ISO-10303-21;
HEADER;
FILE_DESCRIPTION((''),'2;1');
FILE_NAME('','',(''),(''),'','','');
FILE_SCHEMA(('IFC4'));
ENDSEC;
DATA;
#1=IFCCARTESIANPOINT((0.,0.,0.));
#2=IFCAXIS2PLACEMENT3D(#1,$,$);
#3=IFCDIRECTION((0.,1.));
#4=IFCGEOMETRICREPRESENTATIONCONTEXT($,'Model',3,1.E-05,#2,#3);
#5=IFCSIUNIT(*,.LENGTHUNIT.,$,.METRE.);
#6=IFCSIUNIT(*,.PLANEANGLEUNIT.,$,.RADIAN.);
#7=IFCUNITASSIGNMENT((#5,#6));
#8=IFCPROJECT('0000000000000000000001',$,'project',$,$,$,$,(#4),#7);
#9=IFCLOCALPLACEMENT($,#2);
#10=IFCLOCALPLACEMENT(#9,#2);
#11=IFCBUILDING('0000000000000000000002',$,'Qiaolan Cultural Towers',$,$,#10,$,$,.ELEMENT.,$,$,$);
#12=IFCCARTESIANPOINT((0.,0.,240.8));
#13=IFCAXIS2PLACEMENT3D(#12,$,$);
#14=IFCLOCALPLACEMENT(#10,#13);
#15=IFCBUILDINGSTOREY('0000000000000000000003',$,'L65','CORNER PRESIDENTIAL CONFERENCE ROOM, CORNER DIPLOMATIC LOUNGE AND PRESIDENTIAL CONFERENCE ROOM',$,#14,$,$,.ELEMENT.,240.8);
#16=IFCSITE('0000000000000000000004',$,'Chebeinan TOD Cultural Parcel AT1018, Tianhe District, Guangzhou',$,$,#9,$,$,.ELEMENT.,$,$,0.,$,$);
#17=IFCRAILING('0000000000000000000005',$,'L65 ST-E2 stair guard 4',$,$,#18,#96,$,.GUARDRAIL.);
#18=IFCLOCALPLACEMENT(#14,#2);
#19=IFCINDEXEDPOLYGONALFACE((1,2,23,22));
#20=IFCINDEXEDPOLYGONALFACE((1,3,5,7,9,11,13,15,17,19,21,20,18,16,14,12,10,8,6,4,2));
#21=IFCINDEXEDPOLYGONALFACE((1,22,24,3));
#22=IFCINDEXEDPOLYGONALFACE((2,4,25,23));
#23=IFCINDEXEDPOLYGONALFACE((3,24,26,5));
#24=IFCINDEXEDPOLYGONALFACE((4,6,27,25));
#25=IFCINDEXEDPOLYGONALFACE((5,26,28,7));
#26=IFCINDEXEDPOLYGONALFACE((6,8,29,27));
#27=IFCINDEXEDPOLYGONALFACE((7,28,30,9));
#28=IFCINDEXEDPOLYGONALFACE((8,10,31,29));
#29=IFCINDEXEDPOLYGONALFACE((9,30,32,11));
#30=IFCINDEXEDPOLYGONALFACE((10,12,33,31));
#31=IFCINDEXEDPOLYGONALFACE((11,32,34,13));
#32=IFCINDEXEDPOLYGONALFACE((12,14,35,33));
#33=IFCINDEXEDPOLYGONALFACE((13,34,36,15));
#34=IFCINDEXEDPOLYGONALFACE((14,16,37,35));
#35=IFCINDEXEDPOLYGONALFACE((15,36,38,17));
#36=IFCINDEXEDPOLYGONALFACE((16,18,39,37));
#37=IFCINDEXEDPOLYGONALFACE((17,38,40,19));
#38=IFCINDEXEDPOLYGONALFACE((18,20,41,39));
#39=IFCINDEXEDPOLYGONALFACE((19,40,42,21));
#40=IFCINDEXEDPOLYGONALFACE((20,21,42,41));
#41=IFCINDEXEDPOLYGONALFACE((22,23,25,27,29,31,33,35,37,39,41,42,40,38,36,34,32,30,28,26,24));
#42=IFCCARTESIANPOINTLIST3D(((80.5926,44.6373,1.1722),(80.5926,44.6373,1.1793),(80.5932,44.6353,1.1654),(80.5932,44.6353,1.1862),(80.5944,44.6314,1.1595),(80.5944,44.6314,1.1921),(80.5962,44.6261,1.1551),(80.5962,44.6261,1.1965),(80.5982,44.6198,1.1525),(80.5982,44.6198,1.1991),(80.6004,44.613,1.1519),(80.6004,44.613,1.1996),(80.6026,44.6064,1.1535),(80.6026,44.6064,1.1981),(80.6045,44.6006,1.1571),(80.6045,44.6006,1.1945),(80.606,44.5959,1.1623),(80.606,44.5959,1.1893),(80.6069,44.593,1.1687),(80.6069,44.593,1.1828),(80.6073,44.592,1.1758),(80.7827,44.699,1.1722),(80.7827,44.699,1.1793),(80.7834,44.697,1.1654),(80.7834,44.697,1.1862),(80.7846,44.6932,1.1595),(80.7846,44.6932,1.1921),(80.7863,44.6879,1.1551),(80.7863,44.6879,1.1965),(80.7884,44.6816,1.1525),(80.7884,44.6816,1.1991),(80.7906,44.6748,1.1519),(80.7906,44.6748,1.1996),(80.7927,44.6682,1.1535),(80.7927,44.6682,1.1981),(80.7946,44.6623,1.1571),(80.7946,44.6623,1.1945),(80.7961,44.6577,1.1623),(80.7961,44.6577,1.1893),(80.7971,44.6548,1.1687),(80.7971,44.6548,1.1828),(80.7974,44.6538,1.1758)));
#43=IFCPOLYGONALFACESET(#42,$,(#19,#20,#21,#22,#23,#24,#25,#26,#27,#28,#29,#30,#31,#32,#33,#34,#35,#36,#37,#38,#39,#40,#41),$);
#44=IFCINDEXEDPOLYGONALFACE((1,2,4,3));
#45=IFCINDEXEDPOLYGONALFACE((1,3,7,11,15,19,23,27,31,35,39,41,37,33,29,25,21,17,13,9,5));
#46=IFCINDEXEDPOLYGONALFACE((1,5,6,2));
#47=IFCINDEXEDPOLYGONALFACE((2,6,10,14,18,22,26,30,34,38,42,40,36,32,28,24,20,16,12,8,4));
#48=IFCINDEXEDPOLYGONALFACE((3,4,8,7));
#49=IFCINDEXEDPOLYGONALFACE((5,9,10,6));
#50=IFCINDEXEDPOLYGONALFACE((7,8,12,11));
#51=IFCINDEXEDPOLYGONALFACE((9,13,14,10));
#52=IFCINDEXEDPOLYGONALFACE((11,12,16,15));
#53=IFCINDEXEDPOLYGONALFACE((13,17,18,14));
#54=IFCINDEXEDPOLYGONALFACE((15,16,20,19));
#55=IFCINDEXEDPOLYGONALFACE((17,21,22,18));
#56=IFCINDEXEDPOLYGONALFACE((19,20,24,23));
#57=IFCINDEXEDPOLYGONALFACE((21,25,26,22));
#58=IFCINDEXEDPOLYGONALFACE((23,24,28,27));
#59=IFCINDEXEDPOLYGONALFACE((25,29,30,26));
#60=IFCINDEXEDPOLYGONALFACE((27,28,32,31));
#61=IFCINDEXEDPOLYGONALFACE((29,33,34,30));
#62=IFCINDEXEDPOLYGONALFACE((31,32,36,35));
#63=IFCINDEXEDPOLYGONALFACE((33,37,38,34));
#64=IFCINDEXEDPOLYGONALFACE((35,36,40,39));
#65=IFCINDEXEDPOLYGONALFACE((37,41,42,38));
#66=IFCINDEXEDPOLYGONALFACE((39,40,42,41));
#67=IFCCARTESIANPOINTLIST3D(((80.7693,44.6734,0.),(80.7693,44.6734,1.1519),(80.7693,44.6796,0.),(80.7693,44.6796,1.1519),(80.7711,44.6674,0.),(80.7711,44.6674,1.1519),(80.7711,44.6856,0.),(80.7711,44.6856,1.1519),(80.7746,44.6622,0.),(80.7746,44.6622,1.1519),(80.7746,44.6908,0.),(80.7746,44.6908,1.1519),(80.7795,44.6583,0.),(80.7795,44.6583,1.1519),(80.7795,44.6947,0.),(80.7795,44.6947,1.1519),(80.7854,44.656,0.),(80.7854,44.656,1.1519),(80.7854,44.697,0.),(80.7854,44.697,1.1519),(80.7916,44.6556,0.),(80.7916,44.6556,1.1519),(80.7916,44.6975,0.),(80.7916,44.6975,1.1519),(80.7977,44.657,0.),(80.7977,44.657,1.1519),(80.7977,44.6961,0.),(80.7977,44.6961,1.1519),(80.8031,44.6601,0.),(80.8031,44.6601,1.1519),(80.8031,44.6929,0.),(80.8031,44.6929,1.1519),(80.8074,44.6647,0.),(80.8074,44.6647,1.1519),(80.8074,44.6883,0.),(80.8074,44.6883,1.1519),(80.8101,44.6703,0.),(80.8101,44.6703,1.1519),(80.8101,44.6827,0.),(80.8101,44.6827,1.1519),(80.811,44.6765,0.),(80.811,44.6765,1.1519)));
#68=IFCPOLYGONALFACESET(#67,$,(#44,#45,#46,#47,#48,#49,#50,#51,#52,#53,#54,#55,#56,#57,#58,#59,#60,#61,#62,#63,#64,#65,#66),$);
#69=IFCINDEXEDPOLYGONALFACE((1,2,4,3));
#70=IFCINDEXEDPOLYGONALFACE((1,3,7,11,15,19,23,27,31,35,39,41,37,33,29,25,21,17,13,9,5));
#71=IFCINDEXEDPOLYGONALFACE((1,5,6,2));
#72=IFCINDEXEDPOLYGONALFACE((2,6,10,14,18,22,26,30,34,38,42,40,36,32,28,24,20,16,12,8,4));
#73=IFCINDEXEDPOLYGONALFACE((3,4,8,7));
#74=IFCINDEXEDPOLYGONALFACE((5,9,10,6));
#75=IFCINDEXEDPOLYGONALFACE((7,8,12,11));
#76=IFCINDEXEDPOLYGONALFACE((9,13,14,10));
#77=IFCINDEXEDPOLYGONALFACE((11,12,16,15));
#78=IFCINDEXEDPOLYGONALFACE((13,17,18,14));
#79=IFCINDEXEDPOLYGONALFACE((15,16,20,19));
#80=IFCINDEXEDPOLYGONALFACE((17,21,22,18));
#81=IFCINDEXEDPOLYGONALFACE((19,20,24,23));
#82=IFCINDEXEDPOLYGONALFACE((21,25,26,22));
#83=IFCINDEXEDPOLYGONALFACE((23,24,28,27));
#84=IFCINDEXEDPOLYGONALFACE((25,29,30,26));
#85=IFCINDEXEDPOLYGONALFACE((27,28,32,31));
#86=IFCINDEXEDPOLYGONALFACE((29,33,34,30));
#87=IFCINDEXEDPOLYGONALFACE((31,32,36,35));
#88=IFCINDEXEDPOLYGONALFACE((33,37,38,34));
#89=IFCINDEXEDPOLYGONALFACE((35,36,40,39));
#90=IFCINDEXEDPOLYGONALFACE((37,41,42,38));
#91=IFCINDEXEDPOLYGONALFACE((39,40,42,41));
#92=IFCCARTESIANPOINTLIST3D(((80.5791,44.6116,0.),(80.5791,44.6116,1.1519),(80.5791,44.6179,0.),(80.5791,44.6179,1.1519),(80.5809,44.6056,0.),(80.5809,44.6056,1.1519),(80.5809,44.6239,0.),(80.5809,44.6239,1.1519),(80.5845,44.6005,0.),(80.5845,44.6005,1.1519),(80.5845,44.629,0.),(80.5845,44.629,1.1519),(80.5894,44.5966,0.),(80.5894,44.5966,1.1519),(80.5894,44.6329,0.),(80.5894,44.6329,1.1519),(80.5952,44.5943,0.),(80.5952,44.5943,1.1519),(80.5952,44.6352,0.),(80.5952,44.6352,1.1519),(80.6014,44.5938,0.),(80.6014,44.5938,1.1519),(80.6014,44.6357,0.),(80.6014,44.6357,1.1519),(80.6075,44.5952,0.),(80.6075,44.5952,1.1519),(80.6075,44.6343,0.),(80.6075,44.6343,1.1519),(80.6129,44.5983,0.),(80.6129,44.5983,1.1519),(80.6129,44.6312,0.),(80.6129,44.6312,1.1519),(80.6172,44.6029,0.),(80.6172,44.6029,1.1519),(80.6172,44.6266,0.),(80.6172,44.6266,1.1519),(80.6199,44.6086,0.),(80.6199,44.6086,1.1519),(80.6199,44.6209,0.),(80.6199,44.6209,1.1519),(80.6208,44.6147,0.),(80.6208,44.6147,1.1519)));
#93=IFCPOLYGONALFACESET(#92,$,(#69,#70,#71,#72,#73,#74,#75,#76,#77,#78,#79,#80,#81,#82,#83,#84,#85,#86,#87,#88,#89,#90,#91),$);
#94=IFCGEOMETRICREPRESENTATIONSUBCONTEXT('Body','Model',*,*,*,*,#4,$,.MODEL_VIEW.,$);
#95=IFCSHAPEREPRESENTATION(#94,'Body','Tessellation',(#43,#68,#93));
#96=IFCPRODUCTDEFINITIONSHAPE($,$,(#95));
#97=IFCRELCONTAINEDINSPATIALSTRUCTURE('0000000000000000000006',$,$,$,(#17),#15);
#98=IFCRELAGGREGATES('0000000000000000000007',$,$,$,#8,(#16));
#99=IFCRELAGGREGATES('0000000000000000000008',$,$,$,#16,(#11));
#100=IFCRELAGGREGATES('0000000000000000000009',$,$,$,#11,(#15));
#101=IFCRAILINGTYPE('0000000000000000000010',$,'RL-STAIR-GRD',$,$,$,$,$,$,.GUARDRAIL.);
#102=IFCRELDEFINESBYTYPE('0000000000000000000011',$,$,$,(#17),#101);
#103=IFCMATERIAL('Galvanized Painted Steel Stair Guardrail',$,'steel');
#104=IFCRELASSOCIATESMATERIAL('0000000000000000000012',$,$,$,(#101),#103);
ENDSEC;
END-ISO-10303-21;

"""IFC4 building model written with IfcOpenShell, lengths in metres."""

from ifc_helpers import new_model, si_unit, direction, frame, origin, origin_2d, place, context, subcontext, project, spatial, circle, extrude, material, type_object, element, save


model = new_model("IFC4")

# Units and contexts
model_context = context("Model", 3, precision=1e-05, world=origin(), true_north=direction((0.0, 1.0)))
body_context = subcontext(model_context, "Body", "Model", "MODEL_VIEW")
ifc_project = project(units=[si_unit("LENGTHUNIT", "METRE"), si_unit("PLANEANGLEUNIT", "RADIAN")], contexts=[model_context])

# Site, building, storey
site_placement = place(None, origin())
site = spatial("IfcSite", under=ifc_project, at=site_placement, Name="Chebeinan TOD Cultural Parcel AT1018, Tianhe District, Guangzhou", CompositionType="ELEMENT", RefElevation=0.0)
building_placement = place(site_placement, origin())
building = spatial("IfcBuilding", under=site, at=building_placement, Name="Qiaolan Cultural Towers", CompositionType="ELEMENT")
storey_placement = place(building_placement, frame((0.0, 0.0, 240.8)))
storey = spatial("IfcBuildingStorey", under=building, at=storey_placement, Name="L65", Description="CORNER PRESIDENTIAL CONFERENCE ROOM, CORNER DIPLOMATIC LOUNGE AND PRESIDENTIAL CONFERENCE ROOM", CompositionType="ELEMENT", Elevation=240.8)

# Railing
ifc_material_1 = material(Name="Galvanized Painted Steel Stair Guardrail", Category="steel")
railing_type_1 = type_object("IfcRailingType", Name="RL-STAIR-GRD", PredefinedType="GUARDRAIL", material=ifc_material_1)
railing_1_placement = place(storey_placement, frame((80.79, 44.6765, 0.0)))
element("IfcRailing", 1, at=railing_1_placement, inside=storey, type_object=railing_type_1, Name="L65 ST-E2 stair guard 4", PredefinedType="GUARDRAIL", context=body_context, shape_type="SweptSolid", body=[
    extrude(circle(Radius=0.0239, at=origin_2d()), frame((0.0, 0.0, 1.1758), z_axis=(-0.951097, -0.308893, 0.0), x_axis=(0.308893, -0.951097, 0.0)), (0.0, 0.0, 1.0), 0.2),
    extrude(circle(Radius=0.021, at=origin_2d()), origin(), (0.0, 0.0, 1.0), 1.1519),
    extrude(circle(Radius=0.021, at=origin_2d()), frame((-0.1902, -0.0618, 0.0)), (0.0, 0.0, 1.0), 1.1519),
])

save(model, "model.ifc")
